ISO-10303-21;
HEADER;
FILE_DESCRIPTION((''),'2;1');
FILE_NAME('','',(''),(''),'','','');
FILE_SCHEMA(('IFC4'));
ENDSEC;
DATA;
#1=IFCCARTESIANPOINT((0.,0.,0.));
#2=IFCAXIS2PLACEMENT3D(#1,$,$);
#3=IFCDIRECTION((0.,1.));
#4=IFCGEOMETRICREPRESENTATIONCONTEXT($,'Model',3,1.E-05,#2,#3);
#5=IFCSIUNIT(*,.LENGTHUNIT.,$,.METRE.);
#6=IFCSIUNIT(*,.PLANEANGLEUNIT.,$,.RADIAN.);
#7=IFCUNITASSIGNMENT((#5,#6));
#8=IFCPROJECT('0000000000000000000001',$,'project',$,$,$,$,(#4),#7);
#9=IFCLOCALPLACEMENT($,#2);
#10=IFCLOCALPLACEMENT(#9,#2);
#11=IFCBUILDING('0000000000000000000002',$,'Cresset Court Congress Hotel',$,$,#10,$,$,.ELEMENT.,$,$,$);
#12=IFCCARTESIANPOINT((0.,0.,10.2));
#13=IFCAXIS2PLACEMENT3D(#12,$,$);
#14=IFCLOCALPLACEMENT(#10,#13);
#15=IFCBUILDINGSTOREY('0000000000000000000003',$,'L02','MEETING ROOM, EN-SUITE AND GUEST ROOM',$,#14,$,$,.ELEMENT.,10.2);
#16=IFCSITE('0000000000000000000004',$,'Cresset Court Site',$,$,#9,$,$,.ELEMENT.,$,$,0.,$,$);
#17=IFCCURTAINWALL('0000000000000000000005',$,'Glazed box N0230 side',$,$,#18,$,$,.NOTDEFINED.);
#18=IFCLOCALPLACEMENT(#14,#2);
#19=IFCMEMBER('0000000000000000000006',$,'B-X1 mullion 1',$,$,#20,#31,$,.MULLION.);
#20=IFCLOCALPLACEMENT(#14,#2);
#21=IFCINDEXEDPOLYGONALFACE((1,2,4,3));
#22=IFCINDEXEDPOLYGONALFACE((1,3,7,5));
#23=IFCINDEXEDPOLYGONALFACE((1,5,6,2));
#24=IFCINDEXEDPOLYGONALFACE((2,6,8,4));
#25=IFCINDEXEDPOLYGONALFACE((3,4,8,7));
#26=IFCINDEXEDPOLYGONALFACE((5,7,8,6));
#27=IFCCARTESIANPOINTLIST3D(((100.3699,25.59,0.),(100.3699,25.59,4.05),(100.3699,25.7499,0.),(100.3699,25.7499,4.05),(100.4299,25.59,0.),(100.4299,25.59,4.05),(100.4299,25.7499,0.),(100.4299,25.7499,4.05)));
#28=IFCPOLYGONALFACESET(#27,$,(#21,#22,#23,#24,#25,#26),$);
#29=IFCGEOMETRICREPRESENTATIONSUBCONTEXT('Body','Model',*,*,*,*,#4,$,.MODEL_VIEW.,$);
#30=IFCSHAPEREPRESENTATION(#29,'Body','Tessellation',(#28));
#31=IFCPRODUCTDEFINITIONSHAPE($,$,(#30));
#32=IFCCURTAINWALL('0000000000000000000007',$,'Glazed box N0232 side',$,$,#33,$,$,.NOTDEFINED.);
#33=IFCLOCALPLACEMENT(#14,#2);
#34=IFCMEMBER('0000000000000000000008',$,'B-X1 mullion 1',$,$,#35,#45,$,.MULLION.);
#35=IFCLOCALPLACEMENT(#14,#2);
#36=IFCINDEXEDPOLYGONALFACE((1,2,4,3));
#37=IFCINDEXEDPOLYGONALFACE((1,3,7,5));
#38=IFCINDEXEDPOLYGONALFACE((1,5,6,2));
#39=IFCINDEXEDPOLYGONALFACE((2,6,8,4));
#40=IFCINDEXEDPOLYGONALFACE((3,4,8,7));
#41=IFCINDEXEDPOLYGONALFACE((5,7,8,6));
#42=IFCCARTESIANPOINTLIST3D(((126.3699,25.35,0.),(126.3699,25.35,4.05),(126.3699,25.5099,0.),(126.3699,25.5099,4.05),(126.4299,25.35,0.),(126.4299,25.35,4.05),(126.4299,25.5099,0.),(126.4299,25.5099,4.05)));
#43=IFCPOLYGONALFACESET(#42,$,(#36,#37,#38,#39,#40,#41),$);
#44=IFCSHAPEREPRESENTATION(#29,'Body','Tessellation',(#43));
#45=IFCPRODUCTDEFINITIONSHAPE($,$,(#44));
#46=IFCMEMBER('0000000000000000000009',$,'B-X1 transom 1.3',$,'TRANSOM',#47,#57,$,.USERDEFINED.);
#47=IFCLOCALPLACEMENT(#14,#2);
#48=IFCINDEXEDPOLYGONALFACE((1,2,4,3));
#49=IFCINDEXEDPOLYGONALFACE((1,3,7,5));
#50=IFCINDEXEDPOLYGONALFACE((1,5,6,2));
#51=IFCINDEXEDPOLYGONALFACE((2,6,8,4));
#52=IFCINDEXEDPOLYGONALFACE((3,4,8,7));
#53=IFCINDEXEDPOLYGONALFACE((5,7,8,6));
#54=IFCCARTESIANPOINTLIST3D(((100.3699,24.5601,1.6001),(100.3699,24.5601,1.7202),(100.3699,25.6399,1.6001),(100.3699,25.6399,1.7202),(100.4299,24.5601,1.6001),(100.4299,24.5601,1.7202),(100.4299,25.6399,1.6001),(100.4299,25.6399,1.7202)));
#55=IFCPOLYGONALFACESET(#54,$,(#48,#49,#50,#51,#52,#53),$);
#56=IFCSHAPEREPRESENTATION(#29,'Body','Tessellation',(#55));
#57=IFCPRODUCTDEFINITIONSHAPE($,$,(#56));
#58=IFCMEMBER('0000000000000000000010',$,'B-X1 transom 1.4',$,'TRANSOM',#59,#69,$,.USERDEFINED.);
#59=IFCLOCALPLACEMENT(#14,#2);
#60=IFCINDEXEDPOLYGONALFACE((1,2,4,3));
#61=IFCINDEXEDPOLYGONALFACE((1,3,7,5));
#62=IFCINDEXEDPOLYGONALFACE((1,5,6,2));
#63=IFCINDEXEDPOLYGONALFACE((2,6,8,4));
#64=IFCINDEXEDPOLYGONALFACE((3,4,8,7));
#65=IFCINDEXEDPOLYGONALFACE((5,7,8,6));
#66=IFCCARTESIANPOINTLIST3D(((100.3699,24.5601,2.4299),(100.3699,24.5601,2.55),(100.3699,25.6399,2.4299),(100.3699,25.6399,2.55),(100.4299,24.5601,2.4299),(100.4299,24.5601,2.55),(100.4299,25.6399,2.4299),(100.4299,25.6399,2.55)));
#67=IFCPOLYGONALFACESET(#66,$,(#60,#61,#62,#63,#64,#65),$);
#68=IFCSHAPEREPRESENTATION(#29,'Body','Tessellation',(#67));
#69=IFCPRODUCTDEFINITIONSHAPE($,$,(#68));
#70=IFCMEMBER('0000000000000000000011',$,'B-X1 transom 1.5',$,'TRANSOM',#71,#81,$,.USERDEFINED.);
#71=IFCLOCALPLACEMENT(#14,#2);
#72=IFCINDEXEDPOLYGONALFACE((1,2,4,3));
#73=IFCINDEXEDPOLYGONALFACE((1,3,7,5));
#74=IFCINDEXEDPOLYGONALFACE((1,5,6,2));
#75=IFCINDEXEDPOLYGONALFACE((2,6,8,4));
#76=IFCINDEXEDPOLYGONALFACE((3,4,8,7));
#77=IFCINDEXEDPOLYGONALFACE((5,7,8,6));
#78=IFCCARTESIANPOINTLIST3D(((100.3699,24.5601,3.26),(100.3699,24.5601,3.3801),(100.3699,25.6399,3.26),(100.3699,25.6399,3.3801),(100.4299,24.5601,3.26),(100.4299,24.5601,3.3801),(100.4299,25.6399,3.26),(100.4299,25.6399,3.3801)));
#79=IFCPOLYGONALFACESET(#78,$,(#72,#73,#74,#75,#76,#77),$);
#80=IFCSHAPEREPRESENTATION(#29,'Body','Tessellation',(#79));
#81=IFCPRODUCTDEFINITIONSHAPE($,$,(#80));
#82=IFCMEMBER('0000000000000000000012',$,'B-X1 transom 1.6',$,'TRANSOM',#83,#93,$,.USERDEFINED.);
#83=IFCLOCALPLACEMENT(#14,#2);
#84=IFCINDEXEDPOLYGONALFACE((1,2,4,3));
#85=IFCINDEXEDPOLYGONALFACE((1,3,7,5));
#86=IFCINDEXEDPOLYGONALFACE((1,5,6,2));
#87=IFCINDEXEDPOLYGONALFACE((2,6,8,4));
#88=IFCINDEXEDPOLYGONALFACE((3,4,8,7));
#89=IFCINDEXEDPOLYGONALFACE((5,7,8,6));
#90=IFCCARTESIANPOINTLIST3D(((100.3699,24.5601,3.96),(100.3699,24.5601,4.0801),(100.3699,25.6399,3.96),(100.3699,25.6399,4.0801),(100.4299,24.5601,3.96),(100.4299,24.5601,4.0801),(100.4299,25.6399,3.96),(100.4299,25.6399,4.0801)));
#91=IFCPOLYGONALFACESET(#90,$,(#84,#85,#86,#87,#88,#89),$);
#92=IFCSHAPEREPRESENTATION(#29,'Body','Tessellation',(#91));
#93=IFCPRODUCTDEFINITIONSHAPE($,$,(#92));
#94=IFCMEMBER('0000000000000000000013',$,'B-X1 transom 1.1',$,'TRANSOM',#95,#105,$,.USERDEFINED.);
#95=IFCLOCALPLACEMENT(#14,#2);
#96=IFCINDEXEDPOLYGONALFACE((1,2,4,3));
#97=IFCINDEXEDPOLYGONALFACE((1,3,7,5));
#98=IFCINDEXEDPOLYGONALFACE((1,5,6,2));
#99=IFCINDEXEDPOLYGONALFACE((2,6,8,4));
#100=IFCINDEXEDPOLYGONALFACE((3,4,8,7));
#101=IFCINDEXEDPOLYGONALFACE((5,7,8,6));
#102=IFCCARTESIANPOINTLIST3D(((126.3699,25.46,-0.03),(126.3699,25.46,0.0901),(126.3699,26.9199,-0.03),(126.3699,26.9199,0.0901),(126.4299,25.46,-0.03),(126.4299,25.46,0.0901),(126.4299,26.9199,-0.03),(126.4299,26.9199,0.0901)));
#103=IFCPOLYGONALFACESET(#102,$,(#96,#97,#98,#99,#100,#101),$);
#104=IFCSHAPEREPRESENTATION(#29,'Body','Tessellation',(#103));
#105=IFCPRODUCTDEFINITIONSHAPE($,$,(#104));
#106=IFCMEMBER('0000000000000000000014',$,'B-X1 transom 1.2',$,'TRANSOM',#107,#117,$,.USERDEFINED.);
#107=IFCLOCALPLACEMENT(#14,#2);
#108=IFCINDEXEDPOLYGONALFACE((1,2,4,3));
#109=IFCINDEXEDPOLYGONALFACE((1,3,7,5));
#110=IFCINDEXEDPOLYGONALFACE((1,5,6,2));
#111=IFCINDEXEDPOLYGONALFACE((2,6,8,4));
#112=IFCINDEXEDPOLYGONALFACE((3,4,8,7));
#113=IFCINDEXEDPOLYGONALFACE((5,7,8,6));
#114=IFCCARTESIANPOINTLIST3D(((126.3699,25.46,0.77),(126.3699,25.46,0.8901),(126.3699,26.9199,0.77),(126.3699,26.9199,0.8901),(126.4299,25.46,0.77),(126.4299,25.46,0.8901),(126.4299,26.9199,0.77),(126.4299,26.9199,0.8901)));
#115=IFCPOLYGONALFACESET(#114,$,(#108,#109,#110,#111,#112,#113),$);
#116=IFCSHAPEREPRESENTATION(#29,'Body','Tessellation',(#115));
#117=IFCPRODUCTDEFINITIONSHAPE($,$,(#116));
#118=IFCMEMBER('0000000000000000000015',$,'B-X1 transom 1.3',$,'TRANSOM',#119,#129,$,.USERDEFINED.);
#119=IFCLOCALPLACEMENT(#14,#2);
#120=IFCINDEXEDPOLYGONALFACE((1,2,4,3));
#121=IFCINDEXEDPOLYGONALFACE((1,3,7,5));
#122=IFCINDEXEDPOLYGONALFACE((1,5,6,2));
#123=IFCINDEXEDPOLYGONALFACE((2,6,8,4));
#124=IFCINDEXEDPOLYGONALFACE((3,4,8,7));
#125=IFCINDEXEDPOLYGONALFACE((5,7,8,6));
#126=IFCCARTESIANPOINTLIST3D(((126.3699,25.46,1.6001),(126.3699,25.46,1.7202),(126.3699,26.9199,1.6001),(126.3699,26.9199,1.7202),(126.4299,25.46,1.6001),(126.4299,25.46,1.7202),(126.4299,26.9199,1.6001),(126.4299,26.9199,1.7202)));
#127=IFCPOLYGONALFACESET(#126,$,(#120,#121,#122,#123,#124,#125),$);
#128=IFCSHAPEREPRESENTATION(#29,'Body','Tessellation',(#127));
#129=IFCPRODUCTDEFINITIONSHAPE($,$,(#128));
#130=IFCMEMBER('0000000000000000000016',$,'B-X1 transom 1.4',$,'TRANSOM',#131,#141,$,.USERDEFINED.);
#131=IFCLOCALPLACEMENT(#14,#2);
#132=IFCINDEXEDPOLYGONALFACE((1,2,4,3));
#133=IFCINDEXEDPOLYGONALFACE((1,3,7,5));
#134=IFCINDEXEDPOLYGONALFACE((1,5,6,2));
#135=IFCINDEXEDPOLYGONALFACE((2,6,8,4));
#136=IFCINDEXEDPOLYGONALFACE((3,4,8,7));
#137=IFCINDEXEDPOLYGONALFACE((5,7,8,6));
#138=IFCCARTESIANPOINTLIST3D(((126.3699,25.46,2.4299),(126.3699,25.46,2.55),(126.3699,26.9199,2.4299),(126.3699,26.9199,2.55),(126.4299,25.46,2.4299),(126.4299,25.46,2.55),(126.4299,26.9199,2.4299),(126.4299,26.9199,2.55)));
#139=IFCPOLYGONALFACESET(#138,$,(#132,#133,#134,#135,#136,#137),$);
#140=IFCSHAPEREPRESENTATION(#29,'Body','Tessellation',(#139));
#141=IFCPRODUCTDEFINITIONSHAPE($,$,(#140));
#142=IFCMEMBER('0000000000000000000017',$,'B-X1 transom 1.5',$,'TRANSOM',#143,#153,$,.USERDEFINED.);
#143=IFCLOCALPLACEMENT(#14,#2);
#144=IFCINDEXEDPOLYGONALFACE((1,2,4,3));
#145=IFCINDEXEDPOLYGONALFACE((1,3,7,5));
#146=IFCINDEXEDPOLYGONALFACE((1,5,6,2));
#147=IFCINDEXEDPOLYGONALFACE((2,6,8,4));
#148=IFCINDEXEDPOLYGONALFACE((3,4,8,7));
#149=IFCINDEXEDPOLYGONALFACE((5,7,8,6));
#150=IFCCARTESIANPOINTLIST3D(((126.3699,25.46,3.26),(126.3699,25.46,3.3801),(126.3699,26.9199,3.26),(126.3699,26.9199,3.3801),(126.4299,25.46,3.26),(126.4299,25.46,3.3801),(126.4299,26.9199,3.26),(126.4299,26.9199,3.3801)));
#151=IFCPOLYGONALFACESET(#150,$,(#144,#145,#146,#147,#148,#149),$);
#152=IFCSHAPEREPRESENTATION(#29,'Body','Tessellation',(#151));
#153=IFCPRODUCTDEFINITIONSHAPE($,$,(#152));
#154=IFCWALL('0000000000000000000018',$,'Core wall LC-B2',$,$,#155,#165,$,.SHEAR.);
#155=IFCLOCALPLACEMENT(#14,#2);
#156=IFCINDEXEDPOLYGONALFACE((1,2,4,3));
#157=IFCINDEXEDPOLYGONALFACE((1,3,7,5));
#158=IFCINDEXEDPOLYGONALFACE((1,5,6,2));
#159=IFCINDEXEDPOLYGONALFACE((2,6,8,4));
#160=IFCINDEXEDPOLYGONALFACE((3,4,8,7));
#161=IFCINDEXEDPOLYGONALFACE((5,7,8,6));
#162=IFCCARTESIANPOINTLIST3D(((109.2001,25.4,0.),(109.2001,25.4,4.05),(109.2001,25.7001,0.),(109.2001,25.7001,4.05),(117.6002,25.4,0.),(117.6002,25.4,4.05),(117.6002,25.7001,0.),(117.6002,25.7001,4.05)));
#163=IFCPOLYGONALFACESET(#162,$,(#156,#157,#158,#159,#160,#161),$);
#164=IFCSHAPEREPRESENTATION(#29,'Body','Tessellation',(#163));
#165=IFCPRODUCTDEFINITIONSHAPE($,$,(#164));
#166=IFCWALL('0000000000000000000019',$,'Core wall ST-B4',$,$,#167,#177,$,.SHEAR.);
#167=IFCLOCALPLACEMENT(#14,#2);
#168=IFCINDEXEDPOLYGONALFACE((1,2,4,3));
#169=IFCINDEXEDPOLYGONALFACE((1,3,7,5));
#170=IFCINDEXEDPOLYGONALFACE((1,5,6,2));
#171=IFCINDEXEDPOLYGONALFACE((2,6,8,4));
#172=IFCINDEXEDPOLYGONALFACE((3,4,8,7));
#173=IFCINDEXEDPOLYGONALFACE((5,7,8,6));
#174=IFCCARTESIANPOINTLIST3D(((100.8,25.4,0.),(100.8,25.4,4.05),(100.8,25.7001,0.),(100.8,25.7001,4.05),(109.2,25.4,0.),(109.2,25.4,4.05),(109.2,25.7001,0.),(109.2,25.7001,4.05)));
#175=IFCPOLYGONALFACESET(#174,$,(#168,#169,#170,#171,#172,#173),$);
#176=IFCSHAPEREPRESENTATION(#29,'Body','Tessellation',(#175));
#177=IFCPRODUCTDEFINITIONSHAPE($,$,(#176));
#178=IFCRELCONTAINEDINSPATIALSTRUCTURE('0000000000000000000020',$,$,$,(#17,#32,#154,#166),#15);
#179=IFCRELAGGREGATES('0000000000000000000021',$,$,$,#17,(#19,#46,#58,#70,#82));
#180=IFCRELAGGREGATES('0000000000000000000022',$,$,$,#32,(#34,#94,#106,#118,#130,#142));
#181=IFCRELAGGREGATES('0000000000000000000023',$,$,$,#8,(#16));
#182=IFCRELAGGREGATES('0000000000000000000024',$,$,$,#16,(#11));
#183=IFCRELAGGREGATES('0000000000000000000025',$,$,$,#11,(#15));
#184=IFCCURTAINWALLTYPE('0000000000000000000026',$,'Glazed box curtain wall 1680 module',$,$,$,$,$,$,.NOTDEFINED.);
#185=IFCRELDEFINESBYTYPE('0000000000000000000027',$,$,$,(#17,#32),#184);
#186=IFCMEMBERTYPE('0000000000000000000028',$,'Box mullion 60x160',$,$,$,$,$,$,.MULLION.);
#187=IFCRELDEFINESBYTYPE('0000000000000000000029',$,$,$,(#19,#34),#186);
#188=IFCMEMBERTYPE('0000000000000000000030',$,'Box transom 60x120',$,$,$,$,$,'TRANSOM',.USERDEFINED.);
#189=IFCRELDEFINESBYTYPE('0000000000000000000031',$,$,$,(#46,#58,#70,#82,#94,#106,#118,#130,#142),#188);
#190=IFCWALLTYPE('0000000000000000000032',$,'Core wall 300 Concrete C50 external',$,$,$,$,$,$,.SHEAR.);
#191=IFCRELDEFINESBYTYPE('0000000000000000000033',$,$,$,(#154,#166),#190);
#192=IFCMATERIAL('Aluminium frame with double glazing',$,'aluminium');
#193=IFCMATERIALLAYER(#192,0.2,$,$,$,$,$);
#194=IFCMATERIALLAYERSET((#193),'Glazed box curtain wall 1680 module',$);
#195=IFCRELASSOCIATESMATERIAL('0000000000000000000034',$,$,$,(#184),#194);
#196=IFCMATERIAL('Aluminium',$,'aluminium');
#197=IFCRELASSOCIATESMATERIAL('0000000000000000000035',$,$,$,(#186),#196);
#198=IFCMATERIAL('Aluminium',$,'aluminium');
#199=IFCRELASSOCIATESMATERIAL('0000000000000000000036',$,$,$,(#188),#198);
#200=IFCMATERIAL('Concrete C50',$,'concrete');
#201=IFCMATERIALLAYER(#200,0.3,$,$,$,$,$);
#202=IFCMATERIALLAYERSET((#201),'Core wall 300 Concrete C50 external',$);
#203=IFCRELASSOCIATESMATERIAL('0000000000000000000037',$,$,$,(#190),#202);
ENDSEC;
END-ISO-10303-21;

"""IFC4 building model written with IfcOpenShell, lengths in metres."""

from ifc_helpers import new_model, si_unit, direction, frame, frame_2d, origin, origin_2d, place, context, subcontext, project, spatial, rectangle, extrude, material, layer, layer_set, material_profile, profile_set, type_object, element, aggregate, save


model = new_model("IFC4")

# Units and contexts
model_context = context("Model", 3, precision=1e-05, world=origin(), true_north=direction((0.0, 1.0)))
body_context = subcontext(model_context, "Body", "Model", "MODEL_VIEW")
ifc_project = project(units=[si_unit("LENGTHUNIT", "METRE"), si_unit("PLANEANGLEUNIT", "RADIAN")], contexts=[model_context])

# Site, building, storey
site_placement = place(None, origin())
site = spatial("IfcSite", under=ifc_project, at=site_placement, Name="Cresset Court Site", CompositionType="ELEMENT", RefElevation=0.0)
building_placement = place(site_placement, origin())
building = spatial("IfcBuilding", under=site, at=building_placement, Name="Cresset Court Congress Hotel", CompositionType="ELEMENT")
storey_placement = place(building_placement, frame((0.0, 0.0, 10.2)))
storey = spatial("IfcBuildingStorey", under=building, at=storey_placement, Name="L02", Description="MEETING ROOM, EN-SUITE AND GUEST ROOM", CompositionType="ELEMENT", Elevation=10.2)

# Curtain walls, members
ifc_material_1 = material(Name="Aluminium frame with double glazing", Category="aluminium")
ifc_layer_1 = layer(ifc_material_1, 0.2)
ifc_layer_set_1 = layer_set([ifc_layer_1], Name="Glazed box curtain wall 1680 module")
curtain_wall_type = type_object("IfcCurtainWallType", Name="Glazed box curtain wall 1680 module", PredefinedType="NOTDEFINED", material=ifc_layer_set_1)
curtain_wall_1_placement = place(storey_placement, origin())
curtain_wall_1 = element("IfcCurtainWall", 1, at=curtain_wall_1_placement, inside=storey, type_object=curtain_wall_type, Name="Glazed box N0230 side", PredefinedType="NOTDEFINED")
ifc_material_2 = material(Name="Aluminium", Category="aluminium")
ifc_material_profile_1 = material_profile(ifc_material_2, rectangle(XDim=0.0601, YDim=0.1599, at=origin_2d()), Name="Box mullion 60x160")
ifc_profile_set_1 = profile_set([ifc_material_profile_1], Name="Aluminium")
member_type_1 = type_object("IfcMemberType", Name="Box mullion 60x160", PredefinedType="MULLION", material=ifc_profile_set_1)
member_1_placement = place(storey_placement, frame((100.3999, 25.6699, 0.0), z_axis=(0.0, 0.0, 1.0), x_axis=(1.0, 0.0, 0.0)))
member_1 = element("IfcMember", 2, at=member_1_placement, type_object=member_type_1, Name="B-X1 mullion 1", PredefinedType="MULLION", context=body_context, shape_type="SweptSolid", body=[
    extrude(rectangle(XDim=0.0601, YDim=0.1599, at=origin_2d()), origin(), (0.0, 0.0, 1.0), 4.05),
])
curtain_wall_2_placement = place(storey_placement, origin())
curtain_wall_2 = element("IfcCurtainWall", 3, at=curtain_wall_2_placement, inside=storey, type_object=curtain_wall_type, Name="Glazed box N0232 side", PredefinedType="NOTDEFINED")
member_2_placement = place(storey_placement, frame((126.3999, 25.4299, 0.0), z_axis=(0.0, 0.0, 1.0), x_axis=(-1.0, 0.0, 0.0)))
member_2 = element("IfcMember", 4, at=member_2_placement, type_object=member_type_1, Name="B-X1 mullion 1", PredefinedType="MULLION", context=body_context, shape_type="SweptSolid", body=[
    extrude(rectangle(XDim=0.0601, YDim=0.1599, at=origin_2d()), origin(), (0.0, 0.0, 1.0), 4.05),
])

# Members
ifc_material_3 = material(Name="Aluminium", Category="aluminium")
ifc_material_profile_2 = material_profile(ifc_material_3, rectangle(XDim=0.0601, YDim=0.1201, at=origin_2d()), Name="Box transom 60x120")
ifc_profile_set_2 = profile_set([ifc_material_profile_2], Name="Aluminium")
member_type_2 = type_object("IfcMemberType", Name="Box transom 60x120", ElementType="TRANSOM", PredefinedType="USERDEFINED", material=ifc_profile_set_2)
member_3_placement = place(storey_placement, frame((100.3999, 25.6399, 1.6602), z_axis=(0.0, -1.0, 0.0), x_axis=(1.0, 0.0, 0.0)))
member_3 = element("IfcMember", 5, at=member_3_placement, type_object=member_type_2, Name="B-X1 transom 1.3", ObjectType="TRANSOM", PredefinedType="USERDEFINED", context=body_context, shape_type="SweptSolid", body=[
    extrude(rectangle(XDim=0.0601, YDim=0.1201, at=origin_2d()), origin(), (0.0, 0.0, 1.0), 1.0798),
])
member_4_placement = place(storey_placement, frame((100.3999, 25.6399, 2.49), z_axis=(0.0, -1.0, 0.0), x_axis=(1.0, 0.0, 0.0)))
member_4 = element("IfcMember", 6, at=member_4_placement, type_object=member_type_2, Name="B-X1 transom 1.4", ObjectType="TRANSOM", PredefinedType="USERDEFINED", context=body_context, shape_type="SweptSolid", body=[
    extrude(rectangle(XDim=0.0601, YDim=0.1201, at=origin_2d()), origin(), (0.0, 0.0, 1.0), 1.0798),
])
member_5_placement = place(storey_placement, frame((100.3999, 25.6399, 3.3201), z_axis=(0.0, -1.0, 0.0), x_axis=(1.0, 0.0, 0.0)))
member_5 = element("IfcMember", 7, at=member_5_placement, type_object=member_type_2, Name="B-X1 transom 1.5", ObjectType="TRANSOM", PredefinedType="USERDEFINED", context=body_context, shape_type="SweptSolid", body=[
    extrude(rectangle(XDim=0.0601, YDim=0.1201, at=origin_2d()), origin(), (0.0, 0.0, 1.0), 1.0798),
])
member_6_placement = place(storey_placement, frame((100.3999, 25.6399, 4.02), z_axis=(0.0, -1.0, 0.0), x_axis=(1.0, 0.0, 0.0)))
member_6 = element("IfcMember", 8, at=member_6_placement, type_object=member_type_2, Name="B-X1 transom 1.6", ObjectType="TRANSOM", PredefinedType="USERDEFINED", context=body_context, shape_type="SweptSolid", body=[
    extrude(rectangle(XDim=0.0601, YDim=0.1201, at=origin_2d()), origin(), (0.0, 0.0, 1.0), 1.0798),
])
aggregate(curtain_wall_1, [member_1, member_3, member_4, member_5, member_6])
member_7_placement = place(storey_placement, frame((126.3999, 25.46, 0.03), z_axis=(0.0, 1.0, 0.0), x_axis=(-1.0, 0.0, 0.0)))
member_7 = element("IfcMember", 9, at=member_7_placement, type_object=member_type_2, Name="B-X1 transom 1.1", ObjectType="TRANSOM", PredefinedType="USERDEFINED", context=body_context, shape_type="SweptSolid", body=[
    extrude(rectangle(XDim=0.0601, YDim=0.1201, at=origin_2d()), origin(), (0.0, 0.0, 1.0), 1.46),
])
member_8_placement = place(storey_placement, frame((126.3999, 25.46, 0.8301), z_axis=(0.0, 1.0, 0.0), x_axis=(-1.0, 0.0, 0.0)))
member_8 = element("IfcMember", 10, at=member_8_placement, type_object=member_type_2, Name="B-X1 transom 1.2", ObjectType="TRANSOM", PredefinedType="USERDEFINED", context=body_context, shape_type="SweptSolid", body=[
    extrude(rectangle(XDim=0.0601, YDim=0.1201, at=origin_2d()), origin(), (0.0, 0.0, 1.0), 1.46),
])
member_9_placement = place(storey_placement, frame((126.3999, 25.46, 1.6602), z_axis=(0.0, 1.0, 0.0), x_axis=(-1.0, 0.0, 0.0)))
member_9 = element("IfcMember", 11, at=member_9_placement, type_object=member_type_2, Name="B-X1 transom 1.3", ObjectType="TRANSOM", PredefinedType="USERDEFINED", context=body_context, shape_type="SweptSolid", body=[
    extrude(rectangle(XDim=0.0601, YDim=0.1201, at=origin_2d()), origin(), (0.0, 0.0, 1.0), 1.46),
])
member_10_placement = place(storey_placement, frame((126.3999, 25.46, 2.49), z_axis=(0.0, 1.0, 0.0), x_axis=(-1.0, 0.0, 0.0)))
member_10 = element("IfcMember", 12, at=member_10_placement, type_object=member_type_2, Name="B-X1 transom 1.4", ObjectType="TRANSOM", PredefinedType="USERDEFINED", context=body_context, shape_type="SweptSolid", body=[
    extrude(rectangle(XDim=0.0601, YDim=0.1201, at=origin_2d()), origin(), (0.0, 0.0, 1.0), 1.46),
])
member_11_placement = place(storey_placement, frame((126.3999, 25.46, 3.3201), z_axis=(0.0, 1.0, 0.0), x_axis=(-1.0, 0.0, 0.0)))
member_11 = element("IfcMember", 13, at=member_11_placement, type_object=member_type_2, Name="B-X1 transom 1.5", ObjectType="TRANSOM", PredefinedType="USERDEFINED", context=body_context, shape_type="SweptSolid", body=[
    extrude(rectangle(XDim=0.0601, YDim=0.1201, at=origin_2d()), origin(), (0.0, 0.0, 1.0), 1.46),
])
aggregate(curtain_wall_2, [member_2, member_7, member_8, member_9, member_10, member_11])

# Walls
ifc_material_4 = material(Name="Concrete C50", Category="concrete")
ifc_layer_2 = layer(ifc_material_4, 0.3)
ifc_layer_set_2 = layer_set([ifc_layer_2], Name="Core wall 300 Concrete C50 external")
wall_type_1 = type_object("IfcWallType", Name="Core wall 300 Concrete C50 external", PredefinedType="SHEAR", material=ifc_layer_set_2)
wall_1_placement = place(storey_placement, frame((109.2, 25.55, 0.0), z_axis=(0.0, 0.0, 1.0), x_axis=(1.0, 0.0, 0.0)))
element("IfcWall", 14, at=wall_1_placement, inside=storey, type_object=wall_type_1, Name="Core wall LC-B2", PredefinedType="SHEAR", context=body_context, shape_type="SweptSolid", body=[
    extrude(rectangle(XDim=8.4001, YDim=0.3, at=frame_2d((4.2002, 0.0))), origin(), (0.0, 0.0, 1.0), 4.05),
])
wall_2_placement = place(storey_placement, frame((100.8, 25.55, 0.0), z_axis=(0.0, 0.0, 1.0), x_axis=(1.0, 0.0, 0.0)))
element("IfcWall", 15, at=wall_2_placement, inside=storey, type_object=wall_type_1, Name="Core wall ST-B4", PredefinedType="SHEAR", context=body_context, shape_type="SweptSolid", body=[
    extrude(rectangle(XDim=8.3999, YDim=0.3, at=frame_2d((4.2, 0.0))), origin(), (0.0, 0.0, 1.0), 4.05),
])

save(model, "model.ifc")
